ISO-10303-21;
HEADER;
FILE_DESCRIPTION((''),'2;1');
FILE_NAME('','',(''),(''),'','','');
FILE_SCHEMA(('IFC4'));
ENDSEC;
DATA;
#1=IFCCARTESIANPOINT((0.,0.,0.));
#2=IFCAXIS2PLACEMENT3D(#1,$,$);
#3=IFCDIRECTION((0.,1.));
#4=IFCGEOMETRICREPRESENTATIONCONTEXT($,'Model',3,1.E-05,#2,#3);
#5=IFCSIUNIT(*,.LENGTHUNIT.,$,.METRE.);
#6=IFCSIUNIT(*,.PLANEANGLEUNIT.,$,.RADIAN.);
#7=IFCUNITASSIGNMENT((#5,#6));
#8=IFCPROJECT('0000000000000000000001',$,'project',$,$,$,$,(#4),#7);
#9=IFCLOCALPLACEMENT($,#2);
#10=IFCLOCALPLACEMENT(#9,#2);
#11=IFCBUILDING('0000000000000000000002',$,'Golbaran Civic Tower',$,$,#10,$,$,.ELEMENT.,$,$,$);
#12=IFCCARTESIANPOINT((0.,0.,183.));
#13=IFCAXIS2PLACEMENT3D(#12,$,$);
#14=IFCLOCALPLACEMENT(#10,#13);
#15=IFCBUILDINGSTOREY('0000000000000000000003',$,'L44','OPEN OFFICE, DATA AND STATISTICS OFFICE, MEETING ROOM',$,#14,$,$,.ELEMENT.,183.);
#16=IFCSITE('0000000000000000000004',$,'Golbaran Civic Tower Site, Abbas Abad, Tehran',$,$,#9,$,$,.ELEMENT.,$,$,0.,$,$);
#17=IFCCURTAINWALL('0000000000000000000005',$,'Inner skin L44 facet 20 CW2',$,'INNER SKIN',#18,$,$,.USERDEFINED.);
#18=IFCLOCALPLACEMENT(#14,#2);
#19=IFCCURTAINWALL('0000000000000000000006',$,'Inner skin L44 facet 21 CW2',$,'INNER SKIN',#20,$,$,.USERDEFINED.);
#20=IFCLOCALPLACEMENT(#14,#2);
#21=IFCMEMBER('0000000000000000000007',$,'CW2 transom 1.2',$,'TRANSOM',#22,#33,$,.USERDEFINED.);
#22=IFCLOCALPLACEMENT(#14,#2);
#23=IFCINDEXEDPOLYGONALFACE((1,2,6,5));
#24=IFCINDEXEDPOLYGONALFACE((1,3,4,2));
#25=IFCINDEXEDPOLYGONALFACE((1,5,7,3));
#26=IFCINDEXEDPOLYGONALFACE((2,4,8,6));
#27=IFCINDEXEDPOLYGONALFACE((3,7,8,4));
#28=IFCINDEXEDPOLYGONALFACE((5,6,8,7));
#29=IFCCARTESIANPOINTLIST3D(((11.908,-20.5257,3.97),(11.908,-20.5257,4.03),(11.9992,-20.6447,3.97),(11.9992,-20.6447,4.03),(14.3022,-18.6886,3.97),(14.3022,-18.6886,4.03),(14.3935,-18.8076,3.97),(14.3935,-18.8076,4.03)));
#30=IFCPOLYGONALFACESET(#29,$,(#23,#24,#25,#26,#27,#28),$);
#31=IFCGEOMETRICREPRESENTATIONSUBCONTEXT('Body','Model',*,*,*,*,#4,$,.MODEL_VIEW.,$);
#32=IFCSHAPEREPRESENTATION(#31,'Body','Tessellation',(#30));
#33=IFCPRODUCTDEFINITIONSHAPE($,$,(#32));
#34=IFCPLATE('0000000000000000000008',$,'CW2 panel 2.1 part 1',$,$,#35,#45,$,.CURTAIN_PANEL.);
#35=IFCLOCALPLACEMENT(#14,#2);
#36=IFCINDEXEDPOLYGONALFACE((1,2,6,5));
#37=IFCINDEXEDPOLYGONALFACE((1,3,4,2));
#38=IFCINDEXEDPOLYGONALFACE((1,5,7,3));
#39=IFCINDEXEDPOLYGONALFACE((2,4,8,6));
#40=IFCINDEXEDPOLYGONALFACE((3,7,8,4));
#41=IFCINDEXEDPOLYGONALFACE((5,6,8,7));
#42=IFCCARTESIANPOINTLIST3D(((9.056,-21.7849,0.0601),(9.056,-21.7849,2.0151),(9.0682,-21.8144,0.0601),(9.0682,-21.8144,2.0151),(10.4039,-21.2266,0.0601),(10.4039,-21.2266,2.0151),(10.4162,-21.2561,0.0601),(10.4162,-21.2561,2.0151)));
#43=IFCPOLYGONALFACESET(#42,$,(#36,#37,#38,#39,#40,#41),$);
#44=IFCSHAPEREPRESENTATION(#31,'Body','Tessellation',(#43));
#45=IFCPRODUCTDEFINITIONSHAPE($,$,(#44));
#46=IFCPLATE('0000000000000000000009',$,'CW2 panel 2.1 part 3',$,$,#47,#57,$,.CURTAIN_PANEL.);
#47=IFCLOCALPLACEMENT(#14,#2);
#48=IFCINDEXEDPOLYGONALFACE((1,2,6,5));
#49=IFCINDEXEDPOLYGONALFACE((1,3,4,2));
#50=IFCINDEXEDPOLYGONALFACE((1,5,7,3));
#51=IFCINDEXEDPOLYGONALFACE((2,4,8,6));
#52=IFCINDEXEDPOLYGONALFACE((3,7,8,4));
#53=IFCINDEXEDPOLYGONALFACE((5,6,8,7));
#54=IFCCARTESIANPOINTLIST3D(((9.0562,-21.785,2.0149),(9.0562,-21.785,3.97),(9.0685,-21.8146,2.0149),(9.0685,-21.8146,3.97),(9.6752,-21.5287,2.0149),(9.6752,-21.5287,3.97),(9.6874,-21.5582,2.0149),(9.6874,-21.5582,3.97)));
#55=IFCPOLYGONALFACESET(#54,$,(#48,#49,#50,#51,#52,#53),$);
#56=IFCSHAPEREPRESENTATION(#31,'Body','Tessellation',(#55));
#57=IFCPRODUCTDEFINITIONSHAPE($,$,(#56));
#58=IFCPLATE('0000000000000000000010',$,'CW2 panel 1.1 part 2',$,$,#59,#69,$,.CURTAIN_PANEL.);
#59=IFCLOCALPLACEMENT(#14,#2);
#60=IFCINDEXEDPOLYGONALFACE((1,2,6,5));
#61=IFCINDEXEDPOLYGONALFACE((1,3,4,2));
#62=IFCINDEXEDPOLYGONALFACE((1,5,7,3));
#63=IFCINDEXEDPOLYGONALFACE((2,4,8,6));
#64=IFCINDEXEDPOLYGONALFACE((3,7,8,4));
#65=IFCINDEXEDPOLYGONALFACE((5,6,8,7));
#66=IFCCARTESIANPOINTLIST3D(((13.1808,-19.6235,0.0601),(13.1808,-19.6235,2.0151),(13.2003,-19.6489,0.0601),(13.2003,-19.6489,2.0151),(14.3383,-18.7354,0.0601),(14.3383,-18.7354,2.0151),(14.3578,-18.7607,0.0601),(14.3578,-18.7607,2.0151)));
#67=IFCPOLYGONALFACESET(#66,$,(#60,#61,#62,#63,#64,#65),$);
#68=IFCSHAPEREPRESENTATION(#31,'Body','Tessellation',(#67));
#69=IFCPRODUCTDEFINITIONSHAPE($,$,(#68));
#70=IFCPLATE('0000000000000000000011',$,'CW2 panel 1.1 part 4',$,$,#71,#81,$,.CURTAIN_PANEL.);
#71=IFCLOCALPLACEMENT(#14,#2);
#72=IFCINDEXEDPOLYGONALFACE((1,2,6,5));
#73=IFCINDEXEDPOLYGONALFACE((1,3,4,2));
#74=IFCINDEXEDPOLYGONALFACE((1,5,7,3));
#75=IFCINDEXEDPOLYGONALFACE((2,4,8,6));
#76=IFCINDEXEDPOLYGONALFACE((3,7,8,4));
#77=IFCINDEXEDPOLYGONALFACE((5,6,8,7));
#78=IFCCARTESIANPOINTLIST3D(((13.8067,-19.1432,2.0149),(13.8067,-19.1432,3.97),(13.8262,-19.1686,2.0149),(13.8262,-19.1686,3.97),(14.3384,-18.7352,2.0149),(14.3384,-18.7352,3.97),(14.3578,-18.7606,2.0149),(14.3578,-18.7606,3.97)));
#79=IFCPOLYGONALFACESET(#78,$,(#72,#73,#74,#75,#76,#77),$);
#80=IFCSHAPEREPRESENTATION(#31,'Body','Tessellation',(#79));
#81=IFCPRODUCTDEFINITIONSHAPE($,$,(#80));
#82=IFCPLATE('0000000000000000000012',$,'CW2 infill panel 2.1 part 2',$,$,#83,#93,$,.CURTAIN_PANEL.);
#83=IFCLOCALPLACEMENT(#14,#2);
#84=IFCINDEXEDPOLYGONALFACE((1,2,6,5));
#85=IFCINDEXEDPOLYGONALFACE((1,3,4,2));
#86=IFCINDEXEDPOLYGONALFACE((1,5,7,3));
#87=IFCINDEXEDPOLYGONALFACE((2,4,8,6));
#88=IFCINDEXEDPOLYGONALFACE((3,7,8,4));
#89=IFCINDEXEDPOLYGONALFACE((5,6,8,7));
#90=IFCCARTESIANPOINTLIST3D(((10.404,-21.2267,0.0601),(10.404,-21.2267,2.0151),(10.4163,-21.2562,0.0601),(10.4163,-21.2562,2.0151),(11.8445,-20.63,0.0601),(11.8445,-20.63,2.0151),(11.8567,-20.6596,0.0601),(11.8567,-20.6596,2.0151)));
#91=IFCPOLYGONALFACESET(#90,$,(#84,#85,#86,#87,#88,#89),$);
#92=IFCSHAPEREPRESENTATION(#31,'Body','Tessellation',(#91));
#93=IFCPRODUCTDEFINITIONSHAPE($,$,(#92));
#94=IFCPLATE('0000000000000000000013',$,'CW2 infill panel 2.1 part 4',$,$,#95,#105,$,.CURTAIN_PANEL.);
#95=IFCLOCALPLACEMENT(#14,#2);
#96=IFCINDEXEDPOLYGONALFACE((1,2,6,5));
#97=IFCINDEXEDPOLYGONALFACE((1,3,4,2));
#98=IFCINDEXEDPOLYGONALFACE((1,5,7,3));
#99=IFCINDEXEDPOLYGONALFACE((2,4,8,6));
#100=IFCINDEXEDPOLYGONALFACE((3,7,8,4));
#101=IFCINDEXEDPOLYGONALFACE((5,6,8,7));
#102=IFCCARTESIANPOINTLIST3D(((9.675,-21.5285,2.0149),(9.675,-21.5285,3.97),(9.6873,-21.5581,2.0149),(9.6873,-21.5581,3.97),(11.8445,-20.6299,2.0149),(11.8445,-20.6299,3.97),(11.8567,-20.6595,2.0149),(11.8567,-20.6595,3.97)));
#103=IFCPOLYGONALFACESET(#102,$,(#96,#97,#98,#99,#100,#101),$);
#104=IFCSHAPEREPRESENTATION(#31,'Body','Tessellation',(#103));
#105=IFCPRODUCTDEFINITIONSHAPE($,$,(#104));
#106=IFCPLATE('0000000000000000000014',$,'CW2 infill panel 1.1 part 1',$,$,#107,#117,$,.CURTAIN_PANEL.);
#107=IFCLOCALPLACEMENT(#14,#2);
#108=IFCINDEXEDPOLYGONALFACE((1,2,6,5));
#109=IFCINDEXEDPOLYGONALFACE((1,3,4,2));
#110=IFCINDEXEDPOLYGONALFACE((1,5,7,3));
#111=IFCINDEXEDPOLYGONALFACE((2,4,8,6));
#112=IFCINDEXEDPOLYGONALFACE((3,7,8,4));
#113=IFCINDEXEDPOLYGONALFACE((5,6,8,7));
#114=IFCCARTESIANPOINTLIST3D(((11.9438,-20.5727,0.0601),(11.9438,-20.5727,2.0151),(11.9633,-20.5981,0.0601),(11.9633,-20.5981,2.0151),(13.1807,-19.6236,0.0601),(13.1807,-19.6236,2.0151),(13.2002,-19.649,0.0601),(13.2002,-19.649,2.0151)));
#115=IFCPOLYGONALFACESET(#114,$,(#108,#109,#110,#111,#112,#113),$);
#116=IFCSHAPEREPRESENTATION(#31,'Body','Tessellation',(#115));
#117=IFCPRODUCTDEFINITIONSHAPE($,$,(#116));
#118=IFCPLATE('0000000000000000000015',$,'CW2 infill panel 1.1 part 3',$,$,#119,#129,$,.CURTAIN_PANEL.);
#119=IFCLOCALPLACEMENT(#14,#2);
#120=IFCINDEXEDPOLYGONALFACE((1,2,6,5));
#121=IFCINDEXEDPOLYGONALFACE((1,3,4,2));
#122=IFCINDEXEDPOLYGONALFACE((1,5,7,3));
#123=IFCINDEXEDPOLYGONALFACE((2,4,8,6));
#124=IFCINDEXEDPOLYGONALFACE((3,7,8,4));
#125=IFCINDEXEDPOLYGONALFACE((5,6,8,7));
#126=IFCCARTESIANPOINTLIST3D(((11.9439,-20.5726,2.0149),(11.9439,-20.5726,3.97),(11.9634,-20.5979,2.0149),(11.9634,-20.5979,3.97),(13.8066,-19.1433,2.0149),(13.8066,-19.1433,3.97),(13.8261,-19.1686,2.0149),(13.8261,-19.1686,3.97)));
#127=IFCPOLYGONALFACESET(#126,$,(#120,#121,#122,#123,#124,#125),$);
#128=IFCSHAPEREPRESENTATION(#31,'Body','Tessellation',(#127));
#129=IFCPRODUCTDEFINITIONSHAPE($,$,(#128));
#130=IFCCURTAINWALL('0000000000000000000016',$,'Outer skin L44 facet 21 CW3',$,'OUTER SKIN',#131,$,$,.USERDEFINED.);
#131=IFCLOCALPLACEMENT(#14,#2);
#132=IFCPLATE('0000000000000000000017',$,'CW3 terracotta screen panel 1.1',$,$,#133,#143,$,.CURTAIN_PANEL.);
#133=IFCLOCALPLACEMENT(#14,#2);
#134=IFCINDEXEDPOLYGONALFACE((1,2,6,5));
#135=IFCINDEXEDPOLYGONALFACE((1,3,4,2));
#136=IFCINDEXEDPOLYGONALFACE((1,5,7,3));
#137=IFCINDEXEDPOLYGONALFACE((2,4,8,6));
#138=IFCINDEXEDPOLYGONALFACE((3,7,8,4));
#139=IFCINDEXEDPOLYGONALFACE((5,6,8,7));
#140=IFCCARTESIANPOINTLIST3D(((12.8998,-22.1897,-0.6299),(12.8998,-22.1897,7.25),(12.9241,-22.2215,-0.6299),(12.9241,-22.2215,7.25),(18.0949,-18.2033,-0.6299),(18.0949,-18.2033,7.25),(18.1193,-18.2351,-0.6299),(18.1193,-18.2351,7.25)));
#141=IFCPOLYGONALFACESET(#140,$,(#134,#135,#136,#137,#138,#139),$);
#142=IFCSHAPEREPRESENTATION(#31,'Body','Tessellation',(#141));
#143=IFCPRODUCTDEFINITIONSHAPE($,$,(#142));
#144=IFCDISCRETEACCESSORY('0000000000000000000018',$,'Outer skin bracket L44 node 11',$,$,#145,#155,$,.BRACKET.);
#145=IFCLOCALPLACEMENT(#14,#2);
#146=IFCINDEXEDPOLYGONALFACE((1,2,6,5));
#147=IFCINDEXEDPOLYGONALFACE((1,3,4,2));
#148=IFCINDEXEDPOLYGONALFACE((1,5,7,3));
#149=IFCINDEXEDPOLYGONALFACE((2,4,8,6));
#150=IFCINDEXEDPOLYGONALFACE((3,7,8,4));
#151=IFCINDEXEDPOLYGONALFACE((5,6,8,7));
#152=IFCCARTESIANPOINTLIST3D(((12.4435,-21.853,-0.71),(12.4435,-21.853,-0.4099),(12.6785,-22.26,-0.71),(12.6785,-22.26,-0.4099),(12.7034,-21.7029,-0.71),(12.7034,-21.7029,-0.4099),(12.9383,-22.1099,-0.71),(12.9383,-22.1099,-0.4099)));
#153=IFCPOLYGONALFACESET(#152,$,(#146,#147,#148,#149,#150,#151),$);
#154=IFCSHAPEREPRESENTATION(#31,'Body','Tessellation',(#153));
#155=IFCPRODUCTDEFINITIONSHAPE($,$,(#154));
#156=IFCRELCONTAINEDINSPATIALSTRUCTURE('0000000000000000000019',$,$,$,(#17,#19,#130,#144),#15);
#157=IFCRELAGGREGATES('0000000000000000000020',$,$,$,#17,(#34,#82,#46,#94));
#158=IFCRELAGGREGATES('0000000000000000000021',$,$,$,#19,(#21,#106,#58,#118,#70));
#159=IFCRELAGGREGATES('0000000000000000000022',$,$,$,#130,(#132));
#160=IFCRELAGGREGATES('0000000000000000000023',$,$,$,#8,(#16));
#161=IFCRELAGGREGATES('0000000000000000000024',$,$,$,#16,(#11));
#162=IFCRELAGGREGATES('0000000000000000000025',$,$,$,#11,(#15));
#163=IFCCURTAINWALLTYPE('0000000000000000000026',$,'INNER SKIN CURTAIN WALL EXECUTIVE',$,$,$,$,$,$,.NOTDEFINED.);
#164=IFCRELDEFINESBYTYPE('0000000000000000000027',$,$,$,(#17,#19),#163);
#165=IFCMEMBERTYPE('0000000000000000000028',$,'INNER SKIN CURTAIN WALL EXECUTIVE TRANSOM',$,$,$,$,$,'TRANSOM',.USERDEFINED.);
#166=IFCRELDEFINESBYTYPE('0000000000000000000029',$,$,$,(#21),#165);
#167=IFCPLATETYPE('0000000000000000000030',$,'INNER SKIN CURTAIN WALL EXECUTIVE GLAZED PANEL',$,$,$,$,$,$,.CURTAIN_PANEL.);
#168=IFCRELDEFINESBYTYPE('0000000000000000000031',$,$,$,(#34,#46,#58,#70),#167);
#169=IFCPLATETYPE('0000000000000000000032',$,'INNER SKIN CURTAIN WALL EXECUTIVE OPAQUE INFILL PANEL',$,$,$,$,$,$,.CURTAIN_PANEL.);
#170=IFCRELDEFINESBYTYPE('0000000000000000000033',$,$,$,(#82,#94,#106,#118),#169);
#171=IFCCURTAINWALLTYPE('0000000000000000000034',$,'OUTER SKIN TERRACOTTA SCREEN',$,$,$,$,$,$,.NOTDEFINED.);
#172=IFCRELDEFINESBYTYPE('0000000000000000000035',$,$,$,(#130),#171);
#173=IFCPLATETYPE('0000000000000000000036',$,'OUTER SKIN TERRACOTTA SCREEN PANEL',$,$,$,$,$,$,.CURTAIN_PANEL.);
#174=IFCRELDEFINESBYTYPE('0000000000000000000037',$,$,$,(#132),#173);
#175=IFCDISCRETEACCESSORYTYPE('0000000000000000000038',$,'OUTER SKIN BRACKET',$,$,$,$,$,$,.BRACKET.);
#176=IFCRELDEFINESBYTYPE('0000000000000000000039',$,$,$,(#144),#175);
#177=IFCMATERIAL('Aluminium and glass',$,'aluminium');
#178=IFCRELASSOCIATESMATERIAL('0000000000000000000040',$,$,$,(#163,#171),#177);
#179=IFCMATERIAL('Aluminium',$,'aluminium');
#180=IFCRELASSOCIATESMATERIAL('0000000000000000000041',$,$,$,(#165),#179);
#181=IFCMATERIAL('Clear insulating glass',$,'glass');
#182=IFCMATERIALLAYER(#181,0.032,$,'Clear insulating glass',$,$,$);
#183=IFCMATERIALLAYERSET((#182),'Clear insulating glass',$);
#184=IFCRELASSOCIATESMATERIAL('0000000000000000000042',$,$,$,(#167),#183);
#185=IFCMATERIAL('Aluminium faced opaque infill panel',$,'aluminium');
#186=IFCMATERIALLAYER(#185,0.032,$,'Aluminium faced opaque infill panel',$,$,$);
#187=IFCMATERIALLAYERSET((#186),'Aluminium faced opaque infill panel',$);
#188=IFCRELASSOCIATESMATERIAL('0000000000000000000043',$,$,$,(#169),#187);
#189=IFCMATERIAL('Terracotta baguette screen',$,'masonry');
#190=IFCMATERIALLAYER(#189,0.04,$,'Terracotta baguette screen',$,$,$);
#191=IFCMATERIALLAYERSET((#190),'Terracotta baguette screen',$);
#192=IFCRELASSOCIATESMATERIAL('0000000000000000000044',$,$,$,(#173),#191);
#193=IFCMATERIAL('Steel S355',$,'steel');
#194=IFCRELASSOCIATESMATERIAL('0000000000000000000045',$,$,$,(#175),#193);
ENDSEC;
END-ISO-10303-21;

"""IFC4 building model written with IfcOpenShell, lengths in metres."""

from ifc_helpers import new_model, si_unit, direction, frame, origin, origin_2d, place, context, subcontext, project, spatial, rectangle, extrude, material, layer, layer_set, material_profile, profile_set, type_object, element, aggregate, save


model = new_model("IFC4")

# Units and contexts
model_context = context("Model", 3, precision=1e-05, world=origin(), true_north=direction((0.0, 1.0)))
body_context = subcontext(model_context, "Body", "Model", "MODEL_VIEW")
ifc_project = project(units=[si_unit("LENGTHUNIT", "METRE"), si_unit("PLANEANGLEUNIT", "RADIAN")], contexts=[model_context])

# Site, building, storey
site_placement = place(None, origin())
site = spatial("IfcSite", under=ifc_project, at=site_placement, Name="Golbaran Civic Tower Site, Abbas Abad, Tehran", CompositionType="ELEMENT", RefElevation=0.0)
building_placement = place(site_placement, origin())
building = spatial("IfcBuilding", under=site, at=building_placement, Name="Golbaran Civic Tower", CompositionType="ELEMENT")
storey_placement = place(building_placement, frame((0.0, 0.0, 183.0)))
storey = spatial("IfcBuildingStorey", under=building, at=storey_placement, Name="L44", Description="OPEN OFFICE, DATA AND STATISTICS OFFICE, MEETING ROOM", CompositionType="ELEMENT", Elevation=183.0)

# Shared definitions
ifc_material_1 = material(Name="Steel S355", Category="steel")

# Curtain wall
ifc_material_2 = material(Name="Aluminium and glass", Category="aluminium")
curtain_wall_type_1 = type_object("IfcCurtainWallType", Name="INNER SKIN CURTAIN WALL EXECUTIVE", PredefinedType="NOTDEFINED", material=ifc_material_2)
curtain_wall_1_placement = place(storey_placement, origin())
curtain_wall_1 = element("IfcCurtainWall", 1, at=curtain_wall_1_placement, inside=storey, type_object=curtain_wall_type_1, Name="Inner skin L44 facet 20 CW2", ObjectType="INNER SKIN", PredefinedType="USERDEFINED")
ifc_material_3 = material(Name="Aluminium", Category="aluminium")

# Curtain wall
curtain_wall_2_placement = place(storey_placement, origin())
curtain_wall_2 = element("IfcCurtainWall", 2, at=curtain_wall_2_placement, inside=storey, type_object=curtain_wall_type_1, Name="Inner skin L44 facet 21 CW2", ObjectType="INNER SKIN", PredefinedType="USERDEFINED")

# Member
ifc_material_profile_1 = material_profile(ifc_material_3, rectangle(XDim=0.1499, YDim=0.0601, at=origin_2d()), Name="INNER SKIN CURTAIN WALL EXECUTIVE TRANSOM")
ifc_profile_set_1 = profile_set([ifc_material_profile_1], Name="Aluminium")
member_type_1 = type_object("IfcMemberType", Name="INNER SKIN CURTAIN WALL EXECUTIVE TRANSOM", ElementType="TRANSOM", PredefinedType="USERDEFINED", material=ifc_profile_set_1)
member_1_placement = place(storey_placement, frame((11.9536, -20.5852, 4.0), z_axis=(0.79336, 0.608752, 0.0), x_axis=(-0.608752, 0.79336, 0.0)))
member_1 = element("IfcMember", 3, at=member_1_placement, type_object=member_type_1, Name="CW2 transom 1.2", ObjectType="TRANSOM", PredefinedType="USERDEFINED", context=body_context, shape_type="SweptSolid", body=[
    extrude(rectangle(XDim=0.1499, YDim=0.0601, at=origin_2d()), origin(), (0.0, 0.0, 1.0), 3.0178),
])

# Plates
ifc_material_4 = material(Name="Clear insulating glass", Category="glass")
ifc_layer_1 = layer(ifc_material_4, 0.032, Name="Clear insulating glass")
ifc_layer_set_1 = layer_set([ifc_layer_1], Name="Clear insulating glass")
plate_type_1 = type_object("IfcPlateType", Name="INNER SKIN CURTAIN WALL EXECUTIVE GLAZED PANEL", PredefinedType="CURTAIN_PANEL", material=ifc_layer_set_1)
plate_1_placement = place(storey_placement, frame((9.7361, -21.5205, 0.0601), z_axis=(0.0, 0.0, 1.0), x_axis=(0.92388, 0.382683, 0.0)))
plate_1 = element("IfcPlate", 4, at=plate_1_placement, type_object=plate_type_1, Name="CW2 panel 2.1 part 1", PredefinedType="CURTAIN_PANEL", context=body_context, shape_type="SweptSolid", body=[
    extrude(rectangle(XDim=1.459, YDim=0.032, at=origin_2d()), origin(), (0.0, 0.0, 1.0), 1.9551),
])
plate_2_placement = place(storey_placement, frame((9.3718, -21.6716, 2.0149), z_axis=(0.0, 0.0, 1.0), x_axis=(0.92388, 0.382683, 0.0)))
plate_2 = element("IfcPlate", 5, at=plate_2_placement, type_object=plate_type_1, Name="CW2 panel 2.1 part 3", PredefinedType="CURTAIN_PANEL", context=body_context, shape_type="SweptSolid", body=[
    extrude(rectangle(XDim=0.6699, YDim=0.032, at=origin_2d()), origin(), (0.0, 0.0, 1.0), 1.9551),
])
plate_3_placement = place(storey_placement, frame((13.7693, -19.1921, 0.0601), z_axis=(0.0, 0.0, 1.0), x_axis=(0.793353, 0.608761, 0.0)))
plate_3 = element("IfcPlate", 6, at=plate_3_placement, type_object=plate_type_1, Name="CW2 panel 1.1 part 2", PredefinedType="CURTAIN_PANEL", context=body_context, shape_type="SweptSolid", body=[
    extrude(rectangle(XDim=1.459, YDim=0.032, at=origin_2d()), origin(), (0.0, 0.0, 1.0), 1.9551),
])
plate_4_placement = place(storey_placement, frame((14.0823, -18.9519, 2.0149), z_axis=(0.0, 0.0, 1.0), x_axis=(0.793353, 0.608761, 0.0)))
plate_4 = element("IfcPlate", 7, at=plate_4_placement, type_object=plate_type_1, Name="CW2 panel 1.1 part 4", PredefinedType="CURTAIN_PANEL", context=body_context, shape_type="SweptSolid", body=[
    extrude(rectangle(XDim=0.6702, YDim=0.032, at=origin_2d()), origin(), (0.0, 0.0, 1.0), 1.9551),
])
ifc_material_5 = material(Name="Aluminium faced opaque infill panel", Category="aluminium")
ifc_layer_2 = layer(ifc_material_5, 0.032, Name="Aluminium faced opaque infill panel")
ifc_layer_set_2 = layer_set([ifc_layer_2], Name="Aluminium faced opaque infill panel")
plate_type_2 = type_object("IfcPlateType", Name="INNER SKIN CURTAIN WALL EXECUTIVE OPAQUE INFILL PANEL", PredefinedType="CURTAIN_PANEL", material=ifc_layer_set_2)
plate_5_placement = place(storey_placement, frame((11.1304, -20.9431, 0.0601), z_axis=(0.0, 0.0, 1.0), x_axis=(0.92388, 0.382683, 0.0)))
plate_5 = element("IfcPlate", 8, at=plate_5_placement, type_object=plate_type_2, Name="CW2 infill panel 2.1 part 2", PredefinedType="CURTAIN_PANEL", context=body_context, shape_type="SweptSolid", body=[
    extrude(rectangle(XDim=1.5591, YDim=0.032, at=origin_2d()), origin(), (0.0, 0.0, 1.0), 1.9551),
])
plate_6_placement = place(storey_placement, frame((10.7659, -21.094, 2.0149), z_axis=(0.0, 0.0, 1.0), x_axis=(0.92388, 0.382683, 0.0)))
plate_6 = element("IfcPlate", 9, at=plate_6_placement, type_object=plate_type_2, Name="CW2 infill panel 2.1 part 4", PredefinedType="CURTAIN_PANEL", context=body_context, shape_type="SweptSolid", body=[
    extrude(rectangle(XDim=2.3481, YDim=0.032, at=origin_2d()), origin(), (0.0, 0.0, 1.0), 1.9551),
])
aggregate(curtain_wall_1, [plate_1, plate_5, plate_2, plate_6])
plate_7_placement = place(storey_placement, frame((12.572, -20.1108, 0.0601), z_axis=(0.0, 0.0, 1.0), x_axis=(0.793353, 0.608761, 0.0)))
plate_7 = element("IfcPlate", 10, at=plate_7_placement, type_object=plate_type_2, Name="CW2 infill panel 1.1 part 1", PredefinedType="CURTAIN_PANEL", context=body_context, shape_type="SweptSolid", body=[
    extrude(rectangle(XDim=1.5591, YDim=0.032, at=origin_2d()), origin(), (0.0, 0.0, 1.0), 1.9551),
])
plate_8_placement = place(storey_placement, frame((12.885, -19.8706, 2.0149), z_axis=(0.0, 0.0, 1.0), x_axis=(0.793353, 0.608761, 0.0)))
plate_8 = element("IfcPlate", 11, at=plate_8_placement, type_object=plate_type_2, Name="CW2 infill panel 1.1 part 3", PredefinedType="CURTAIN_PANEL", context=body_context, shape_type="SweptSolid", body=[
    extrude(rectangle(XDim=2.3479, YDim=0.032, at=origin_2d()), origin(), (0.0, 0.0, 1.0), 1.9551),
])
aggregate(curtain_wall_2, [member_1, plate_7, plate_3, plate_8, plate_4])

# Curtain wall, plate
curtain_wall_type_2 = type_object("IfcCurtainWallType", Name="OUTER SKIN TERRACOTTA SCREEN", PredefinedType="NOTDEFINED", material=ifc_material_2)
curtain_wall_3_placement = place(storey_placement, origin())
curtain_wall_3 = element("IfcCurtainWall", 12, at=curtain_wall_3_placement, inside=storey, type_object=curtain_wall_type_2, Name="Outer skin L44 facet 21 CW3", ObjectType="OUTER SKIN", PredefinedType="USERDEFINED")
ifc_material_6 = material(Name="Terracotta baguette screen", Category="masonry")
ifc_layer_3 = layer(ifc_material_6, 0.04, Name="Terracotta baguette screen")
ifc_layer_set_3 = layer_set([ifc_layer_3], Name="Terracotta baguette screen")
plate_type_3 = type_object("IfcPlateType", Name="OUTER SKIN TERRACOTTA SCREEN PANEL", PredefinedType="CURTAIN_PANEL", material=ifc_layer_set_3)
plate_9_placement = place(storey_placement, frame((15.5095, -20.2124, -0.6299), z_axis=(0.0, 0.0, 1.0), x_axis=(0.793353, 0.608761, 0.0)))
plate_9 = element("IfcPlate", 13, at=plate_9_placement, type_object=plate_type_3, Name="CW3 terracotta screen panel 1.1", PredefinedType="CURTAIN_PANEL", context=body_context, shape_type="SweptSolid", body=[
    extrude(rectangle(XDim=6.5483, YDim=0.04, at=origin_2d()), origin(), (0.0, 0.0, 1.0), 7.8799),
])
aggregate(curtain_wall_3, [plate_9])

# Discrete accessory
discrete_accessory_type = type_object("IfcDiscreteAccessoryType", Name="OUTER SKIN BRACKET", PredefinedType="BRACKET", material=ifc_material_1)
discrete_accessory_placement = place(storey_placement, frame((12.6909, -21.9814, -0.71), z_axis=(0.0, 0.0, 1.0), x_axis=(0.5, -0.866025, 0.0)))
element("IfcDiscreteAccessory", 14, at=discrete_accessory_placement, inside=storey, type_object=discrete_accessory_type, Name="Outer skin bracket L44 node 11", PredefinedType="BRACKET", context=body_context, shape_type="SweptSolid", body=[
    extrude(rectangle(XDim=0.47, YDim=0.3, at=origin_2d()), origin(), (0.0, 0.0, 1.0), 0.3),
])

save(model, "model.ifc")
